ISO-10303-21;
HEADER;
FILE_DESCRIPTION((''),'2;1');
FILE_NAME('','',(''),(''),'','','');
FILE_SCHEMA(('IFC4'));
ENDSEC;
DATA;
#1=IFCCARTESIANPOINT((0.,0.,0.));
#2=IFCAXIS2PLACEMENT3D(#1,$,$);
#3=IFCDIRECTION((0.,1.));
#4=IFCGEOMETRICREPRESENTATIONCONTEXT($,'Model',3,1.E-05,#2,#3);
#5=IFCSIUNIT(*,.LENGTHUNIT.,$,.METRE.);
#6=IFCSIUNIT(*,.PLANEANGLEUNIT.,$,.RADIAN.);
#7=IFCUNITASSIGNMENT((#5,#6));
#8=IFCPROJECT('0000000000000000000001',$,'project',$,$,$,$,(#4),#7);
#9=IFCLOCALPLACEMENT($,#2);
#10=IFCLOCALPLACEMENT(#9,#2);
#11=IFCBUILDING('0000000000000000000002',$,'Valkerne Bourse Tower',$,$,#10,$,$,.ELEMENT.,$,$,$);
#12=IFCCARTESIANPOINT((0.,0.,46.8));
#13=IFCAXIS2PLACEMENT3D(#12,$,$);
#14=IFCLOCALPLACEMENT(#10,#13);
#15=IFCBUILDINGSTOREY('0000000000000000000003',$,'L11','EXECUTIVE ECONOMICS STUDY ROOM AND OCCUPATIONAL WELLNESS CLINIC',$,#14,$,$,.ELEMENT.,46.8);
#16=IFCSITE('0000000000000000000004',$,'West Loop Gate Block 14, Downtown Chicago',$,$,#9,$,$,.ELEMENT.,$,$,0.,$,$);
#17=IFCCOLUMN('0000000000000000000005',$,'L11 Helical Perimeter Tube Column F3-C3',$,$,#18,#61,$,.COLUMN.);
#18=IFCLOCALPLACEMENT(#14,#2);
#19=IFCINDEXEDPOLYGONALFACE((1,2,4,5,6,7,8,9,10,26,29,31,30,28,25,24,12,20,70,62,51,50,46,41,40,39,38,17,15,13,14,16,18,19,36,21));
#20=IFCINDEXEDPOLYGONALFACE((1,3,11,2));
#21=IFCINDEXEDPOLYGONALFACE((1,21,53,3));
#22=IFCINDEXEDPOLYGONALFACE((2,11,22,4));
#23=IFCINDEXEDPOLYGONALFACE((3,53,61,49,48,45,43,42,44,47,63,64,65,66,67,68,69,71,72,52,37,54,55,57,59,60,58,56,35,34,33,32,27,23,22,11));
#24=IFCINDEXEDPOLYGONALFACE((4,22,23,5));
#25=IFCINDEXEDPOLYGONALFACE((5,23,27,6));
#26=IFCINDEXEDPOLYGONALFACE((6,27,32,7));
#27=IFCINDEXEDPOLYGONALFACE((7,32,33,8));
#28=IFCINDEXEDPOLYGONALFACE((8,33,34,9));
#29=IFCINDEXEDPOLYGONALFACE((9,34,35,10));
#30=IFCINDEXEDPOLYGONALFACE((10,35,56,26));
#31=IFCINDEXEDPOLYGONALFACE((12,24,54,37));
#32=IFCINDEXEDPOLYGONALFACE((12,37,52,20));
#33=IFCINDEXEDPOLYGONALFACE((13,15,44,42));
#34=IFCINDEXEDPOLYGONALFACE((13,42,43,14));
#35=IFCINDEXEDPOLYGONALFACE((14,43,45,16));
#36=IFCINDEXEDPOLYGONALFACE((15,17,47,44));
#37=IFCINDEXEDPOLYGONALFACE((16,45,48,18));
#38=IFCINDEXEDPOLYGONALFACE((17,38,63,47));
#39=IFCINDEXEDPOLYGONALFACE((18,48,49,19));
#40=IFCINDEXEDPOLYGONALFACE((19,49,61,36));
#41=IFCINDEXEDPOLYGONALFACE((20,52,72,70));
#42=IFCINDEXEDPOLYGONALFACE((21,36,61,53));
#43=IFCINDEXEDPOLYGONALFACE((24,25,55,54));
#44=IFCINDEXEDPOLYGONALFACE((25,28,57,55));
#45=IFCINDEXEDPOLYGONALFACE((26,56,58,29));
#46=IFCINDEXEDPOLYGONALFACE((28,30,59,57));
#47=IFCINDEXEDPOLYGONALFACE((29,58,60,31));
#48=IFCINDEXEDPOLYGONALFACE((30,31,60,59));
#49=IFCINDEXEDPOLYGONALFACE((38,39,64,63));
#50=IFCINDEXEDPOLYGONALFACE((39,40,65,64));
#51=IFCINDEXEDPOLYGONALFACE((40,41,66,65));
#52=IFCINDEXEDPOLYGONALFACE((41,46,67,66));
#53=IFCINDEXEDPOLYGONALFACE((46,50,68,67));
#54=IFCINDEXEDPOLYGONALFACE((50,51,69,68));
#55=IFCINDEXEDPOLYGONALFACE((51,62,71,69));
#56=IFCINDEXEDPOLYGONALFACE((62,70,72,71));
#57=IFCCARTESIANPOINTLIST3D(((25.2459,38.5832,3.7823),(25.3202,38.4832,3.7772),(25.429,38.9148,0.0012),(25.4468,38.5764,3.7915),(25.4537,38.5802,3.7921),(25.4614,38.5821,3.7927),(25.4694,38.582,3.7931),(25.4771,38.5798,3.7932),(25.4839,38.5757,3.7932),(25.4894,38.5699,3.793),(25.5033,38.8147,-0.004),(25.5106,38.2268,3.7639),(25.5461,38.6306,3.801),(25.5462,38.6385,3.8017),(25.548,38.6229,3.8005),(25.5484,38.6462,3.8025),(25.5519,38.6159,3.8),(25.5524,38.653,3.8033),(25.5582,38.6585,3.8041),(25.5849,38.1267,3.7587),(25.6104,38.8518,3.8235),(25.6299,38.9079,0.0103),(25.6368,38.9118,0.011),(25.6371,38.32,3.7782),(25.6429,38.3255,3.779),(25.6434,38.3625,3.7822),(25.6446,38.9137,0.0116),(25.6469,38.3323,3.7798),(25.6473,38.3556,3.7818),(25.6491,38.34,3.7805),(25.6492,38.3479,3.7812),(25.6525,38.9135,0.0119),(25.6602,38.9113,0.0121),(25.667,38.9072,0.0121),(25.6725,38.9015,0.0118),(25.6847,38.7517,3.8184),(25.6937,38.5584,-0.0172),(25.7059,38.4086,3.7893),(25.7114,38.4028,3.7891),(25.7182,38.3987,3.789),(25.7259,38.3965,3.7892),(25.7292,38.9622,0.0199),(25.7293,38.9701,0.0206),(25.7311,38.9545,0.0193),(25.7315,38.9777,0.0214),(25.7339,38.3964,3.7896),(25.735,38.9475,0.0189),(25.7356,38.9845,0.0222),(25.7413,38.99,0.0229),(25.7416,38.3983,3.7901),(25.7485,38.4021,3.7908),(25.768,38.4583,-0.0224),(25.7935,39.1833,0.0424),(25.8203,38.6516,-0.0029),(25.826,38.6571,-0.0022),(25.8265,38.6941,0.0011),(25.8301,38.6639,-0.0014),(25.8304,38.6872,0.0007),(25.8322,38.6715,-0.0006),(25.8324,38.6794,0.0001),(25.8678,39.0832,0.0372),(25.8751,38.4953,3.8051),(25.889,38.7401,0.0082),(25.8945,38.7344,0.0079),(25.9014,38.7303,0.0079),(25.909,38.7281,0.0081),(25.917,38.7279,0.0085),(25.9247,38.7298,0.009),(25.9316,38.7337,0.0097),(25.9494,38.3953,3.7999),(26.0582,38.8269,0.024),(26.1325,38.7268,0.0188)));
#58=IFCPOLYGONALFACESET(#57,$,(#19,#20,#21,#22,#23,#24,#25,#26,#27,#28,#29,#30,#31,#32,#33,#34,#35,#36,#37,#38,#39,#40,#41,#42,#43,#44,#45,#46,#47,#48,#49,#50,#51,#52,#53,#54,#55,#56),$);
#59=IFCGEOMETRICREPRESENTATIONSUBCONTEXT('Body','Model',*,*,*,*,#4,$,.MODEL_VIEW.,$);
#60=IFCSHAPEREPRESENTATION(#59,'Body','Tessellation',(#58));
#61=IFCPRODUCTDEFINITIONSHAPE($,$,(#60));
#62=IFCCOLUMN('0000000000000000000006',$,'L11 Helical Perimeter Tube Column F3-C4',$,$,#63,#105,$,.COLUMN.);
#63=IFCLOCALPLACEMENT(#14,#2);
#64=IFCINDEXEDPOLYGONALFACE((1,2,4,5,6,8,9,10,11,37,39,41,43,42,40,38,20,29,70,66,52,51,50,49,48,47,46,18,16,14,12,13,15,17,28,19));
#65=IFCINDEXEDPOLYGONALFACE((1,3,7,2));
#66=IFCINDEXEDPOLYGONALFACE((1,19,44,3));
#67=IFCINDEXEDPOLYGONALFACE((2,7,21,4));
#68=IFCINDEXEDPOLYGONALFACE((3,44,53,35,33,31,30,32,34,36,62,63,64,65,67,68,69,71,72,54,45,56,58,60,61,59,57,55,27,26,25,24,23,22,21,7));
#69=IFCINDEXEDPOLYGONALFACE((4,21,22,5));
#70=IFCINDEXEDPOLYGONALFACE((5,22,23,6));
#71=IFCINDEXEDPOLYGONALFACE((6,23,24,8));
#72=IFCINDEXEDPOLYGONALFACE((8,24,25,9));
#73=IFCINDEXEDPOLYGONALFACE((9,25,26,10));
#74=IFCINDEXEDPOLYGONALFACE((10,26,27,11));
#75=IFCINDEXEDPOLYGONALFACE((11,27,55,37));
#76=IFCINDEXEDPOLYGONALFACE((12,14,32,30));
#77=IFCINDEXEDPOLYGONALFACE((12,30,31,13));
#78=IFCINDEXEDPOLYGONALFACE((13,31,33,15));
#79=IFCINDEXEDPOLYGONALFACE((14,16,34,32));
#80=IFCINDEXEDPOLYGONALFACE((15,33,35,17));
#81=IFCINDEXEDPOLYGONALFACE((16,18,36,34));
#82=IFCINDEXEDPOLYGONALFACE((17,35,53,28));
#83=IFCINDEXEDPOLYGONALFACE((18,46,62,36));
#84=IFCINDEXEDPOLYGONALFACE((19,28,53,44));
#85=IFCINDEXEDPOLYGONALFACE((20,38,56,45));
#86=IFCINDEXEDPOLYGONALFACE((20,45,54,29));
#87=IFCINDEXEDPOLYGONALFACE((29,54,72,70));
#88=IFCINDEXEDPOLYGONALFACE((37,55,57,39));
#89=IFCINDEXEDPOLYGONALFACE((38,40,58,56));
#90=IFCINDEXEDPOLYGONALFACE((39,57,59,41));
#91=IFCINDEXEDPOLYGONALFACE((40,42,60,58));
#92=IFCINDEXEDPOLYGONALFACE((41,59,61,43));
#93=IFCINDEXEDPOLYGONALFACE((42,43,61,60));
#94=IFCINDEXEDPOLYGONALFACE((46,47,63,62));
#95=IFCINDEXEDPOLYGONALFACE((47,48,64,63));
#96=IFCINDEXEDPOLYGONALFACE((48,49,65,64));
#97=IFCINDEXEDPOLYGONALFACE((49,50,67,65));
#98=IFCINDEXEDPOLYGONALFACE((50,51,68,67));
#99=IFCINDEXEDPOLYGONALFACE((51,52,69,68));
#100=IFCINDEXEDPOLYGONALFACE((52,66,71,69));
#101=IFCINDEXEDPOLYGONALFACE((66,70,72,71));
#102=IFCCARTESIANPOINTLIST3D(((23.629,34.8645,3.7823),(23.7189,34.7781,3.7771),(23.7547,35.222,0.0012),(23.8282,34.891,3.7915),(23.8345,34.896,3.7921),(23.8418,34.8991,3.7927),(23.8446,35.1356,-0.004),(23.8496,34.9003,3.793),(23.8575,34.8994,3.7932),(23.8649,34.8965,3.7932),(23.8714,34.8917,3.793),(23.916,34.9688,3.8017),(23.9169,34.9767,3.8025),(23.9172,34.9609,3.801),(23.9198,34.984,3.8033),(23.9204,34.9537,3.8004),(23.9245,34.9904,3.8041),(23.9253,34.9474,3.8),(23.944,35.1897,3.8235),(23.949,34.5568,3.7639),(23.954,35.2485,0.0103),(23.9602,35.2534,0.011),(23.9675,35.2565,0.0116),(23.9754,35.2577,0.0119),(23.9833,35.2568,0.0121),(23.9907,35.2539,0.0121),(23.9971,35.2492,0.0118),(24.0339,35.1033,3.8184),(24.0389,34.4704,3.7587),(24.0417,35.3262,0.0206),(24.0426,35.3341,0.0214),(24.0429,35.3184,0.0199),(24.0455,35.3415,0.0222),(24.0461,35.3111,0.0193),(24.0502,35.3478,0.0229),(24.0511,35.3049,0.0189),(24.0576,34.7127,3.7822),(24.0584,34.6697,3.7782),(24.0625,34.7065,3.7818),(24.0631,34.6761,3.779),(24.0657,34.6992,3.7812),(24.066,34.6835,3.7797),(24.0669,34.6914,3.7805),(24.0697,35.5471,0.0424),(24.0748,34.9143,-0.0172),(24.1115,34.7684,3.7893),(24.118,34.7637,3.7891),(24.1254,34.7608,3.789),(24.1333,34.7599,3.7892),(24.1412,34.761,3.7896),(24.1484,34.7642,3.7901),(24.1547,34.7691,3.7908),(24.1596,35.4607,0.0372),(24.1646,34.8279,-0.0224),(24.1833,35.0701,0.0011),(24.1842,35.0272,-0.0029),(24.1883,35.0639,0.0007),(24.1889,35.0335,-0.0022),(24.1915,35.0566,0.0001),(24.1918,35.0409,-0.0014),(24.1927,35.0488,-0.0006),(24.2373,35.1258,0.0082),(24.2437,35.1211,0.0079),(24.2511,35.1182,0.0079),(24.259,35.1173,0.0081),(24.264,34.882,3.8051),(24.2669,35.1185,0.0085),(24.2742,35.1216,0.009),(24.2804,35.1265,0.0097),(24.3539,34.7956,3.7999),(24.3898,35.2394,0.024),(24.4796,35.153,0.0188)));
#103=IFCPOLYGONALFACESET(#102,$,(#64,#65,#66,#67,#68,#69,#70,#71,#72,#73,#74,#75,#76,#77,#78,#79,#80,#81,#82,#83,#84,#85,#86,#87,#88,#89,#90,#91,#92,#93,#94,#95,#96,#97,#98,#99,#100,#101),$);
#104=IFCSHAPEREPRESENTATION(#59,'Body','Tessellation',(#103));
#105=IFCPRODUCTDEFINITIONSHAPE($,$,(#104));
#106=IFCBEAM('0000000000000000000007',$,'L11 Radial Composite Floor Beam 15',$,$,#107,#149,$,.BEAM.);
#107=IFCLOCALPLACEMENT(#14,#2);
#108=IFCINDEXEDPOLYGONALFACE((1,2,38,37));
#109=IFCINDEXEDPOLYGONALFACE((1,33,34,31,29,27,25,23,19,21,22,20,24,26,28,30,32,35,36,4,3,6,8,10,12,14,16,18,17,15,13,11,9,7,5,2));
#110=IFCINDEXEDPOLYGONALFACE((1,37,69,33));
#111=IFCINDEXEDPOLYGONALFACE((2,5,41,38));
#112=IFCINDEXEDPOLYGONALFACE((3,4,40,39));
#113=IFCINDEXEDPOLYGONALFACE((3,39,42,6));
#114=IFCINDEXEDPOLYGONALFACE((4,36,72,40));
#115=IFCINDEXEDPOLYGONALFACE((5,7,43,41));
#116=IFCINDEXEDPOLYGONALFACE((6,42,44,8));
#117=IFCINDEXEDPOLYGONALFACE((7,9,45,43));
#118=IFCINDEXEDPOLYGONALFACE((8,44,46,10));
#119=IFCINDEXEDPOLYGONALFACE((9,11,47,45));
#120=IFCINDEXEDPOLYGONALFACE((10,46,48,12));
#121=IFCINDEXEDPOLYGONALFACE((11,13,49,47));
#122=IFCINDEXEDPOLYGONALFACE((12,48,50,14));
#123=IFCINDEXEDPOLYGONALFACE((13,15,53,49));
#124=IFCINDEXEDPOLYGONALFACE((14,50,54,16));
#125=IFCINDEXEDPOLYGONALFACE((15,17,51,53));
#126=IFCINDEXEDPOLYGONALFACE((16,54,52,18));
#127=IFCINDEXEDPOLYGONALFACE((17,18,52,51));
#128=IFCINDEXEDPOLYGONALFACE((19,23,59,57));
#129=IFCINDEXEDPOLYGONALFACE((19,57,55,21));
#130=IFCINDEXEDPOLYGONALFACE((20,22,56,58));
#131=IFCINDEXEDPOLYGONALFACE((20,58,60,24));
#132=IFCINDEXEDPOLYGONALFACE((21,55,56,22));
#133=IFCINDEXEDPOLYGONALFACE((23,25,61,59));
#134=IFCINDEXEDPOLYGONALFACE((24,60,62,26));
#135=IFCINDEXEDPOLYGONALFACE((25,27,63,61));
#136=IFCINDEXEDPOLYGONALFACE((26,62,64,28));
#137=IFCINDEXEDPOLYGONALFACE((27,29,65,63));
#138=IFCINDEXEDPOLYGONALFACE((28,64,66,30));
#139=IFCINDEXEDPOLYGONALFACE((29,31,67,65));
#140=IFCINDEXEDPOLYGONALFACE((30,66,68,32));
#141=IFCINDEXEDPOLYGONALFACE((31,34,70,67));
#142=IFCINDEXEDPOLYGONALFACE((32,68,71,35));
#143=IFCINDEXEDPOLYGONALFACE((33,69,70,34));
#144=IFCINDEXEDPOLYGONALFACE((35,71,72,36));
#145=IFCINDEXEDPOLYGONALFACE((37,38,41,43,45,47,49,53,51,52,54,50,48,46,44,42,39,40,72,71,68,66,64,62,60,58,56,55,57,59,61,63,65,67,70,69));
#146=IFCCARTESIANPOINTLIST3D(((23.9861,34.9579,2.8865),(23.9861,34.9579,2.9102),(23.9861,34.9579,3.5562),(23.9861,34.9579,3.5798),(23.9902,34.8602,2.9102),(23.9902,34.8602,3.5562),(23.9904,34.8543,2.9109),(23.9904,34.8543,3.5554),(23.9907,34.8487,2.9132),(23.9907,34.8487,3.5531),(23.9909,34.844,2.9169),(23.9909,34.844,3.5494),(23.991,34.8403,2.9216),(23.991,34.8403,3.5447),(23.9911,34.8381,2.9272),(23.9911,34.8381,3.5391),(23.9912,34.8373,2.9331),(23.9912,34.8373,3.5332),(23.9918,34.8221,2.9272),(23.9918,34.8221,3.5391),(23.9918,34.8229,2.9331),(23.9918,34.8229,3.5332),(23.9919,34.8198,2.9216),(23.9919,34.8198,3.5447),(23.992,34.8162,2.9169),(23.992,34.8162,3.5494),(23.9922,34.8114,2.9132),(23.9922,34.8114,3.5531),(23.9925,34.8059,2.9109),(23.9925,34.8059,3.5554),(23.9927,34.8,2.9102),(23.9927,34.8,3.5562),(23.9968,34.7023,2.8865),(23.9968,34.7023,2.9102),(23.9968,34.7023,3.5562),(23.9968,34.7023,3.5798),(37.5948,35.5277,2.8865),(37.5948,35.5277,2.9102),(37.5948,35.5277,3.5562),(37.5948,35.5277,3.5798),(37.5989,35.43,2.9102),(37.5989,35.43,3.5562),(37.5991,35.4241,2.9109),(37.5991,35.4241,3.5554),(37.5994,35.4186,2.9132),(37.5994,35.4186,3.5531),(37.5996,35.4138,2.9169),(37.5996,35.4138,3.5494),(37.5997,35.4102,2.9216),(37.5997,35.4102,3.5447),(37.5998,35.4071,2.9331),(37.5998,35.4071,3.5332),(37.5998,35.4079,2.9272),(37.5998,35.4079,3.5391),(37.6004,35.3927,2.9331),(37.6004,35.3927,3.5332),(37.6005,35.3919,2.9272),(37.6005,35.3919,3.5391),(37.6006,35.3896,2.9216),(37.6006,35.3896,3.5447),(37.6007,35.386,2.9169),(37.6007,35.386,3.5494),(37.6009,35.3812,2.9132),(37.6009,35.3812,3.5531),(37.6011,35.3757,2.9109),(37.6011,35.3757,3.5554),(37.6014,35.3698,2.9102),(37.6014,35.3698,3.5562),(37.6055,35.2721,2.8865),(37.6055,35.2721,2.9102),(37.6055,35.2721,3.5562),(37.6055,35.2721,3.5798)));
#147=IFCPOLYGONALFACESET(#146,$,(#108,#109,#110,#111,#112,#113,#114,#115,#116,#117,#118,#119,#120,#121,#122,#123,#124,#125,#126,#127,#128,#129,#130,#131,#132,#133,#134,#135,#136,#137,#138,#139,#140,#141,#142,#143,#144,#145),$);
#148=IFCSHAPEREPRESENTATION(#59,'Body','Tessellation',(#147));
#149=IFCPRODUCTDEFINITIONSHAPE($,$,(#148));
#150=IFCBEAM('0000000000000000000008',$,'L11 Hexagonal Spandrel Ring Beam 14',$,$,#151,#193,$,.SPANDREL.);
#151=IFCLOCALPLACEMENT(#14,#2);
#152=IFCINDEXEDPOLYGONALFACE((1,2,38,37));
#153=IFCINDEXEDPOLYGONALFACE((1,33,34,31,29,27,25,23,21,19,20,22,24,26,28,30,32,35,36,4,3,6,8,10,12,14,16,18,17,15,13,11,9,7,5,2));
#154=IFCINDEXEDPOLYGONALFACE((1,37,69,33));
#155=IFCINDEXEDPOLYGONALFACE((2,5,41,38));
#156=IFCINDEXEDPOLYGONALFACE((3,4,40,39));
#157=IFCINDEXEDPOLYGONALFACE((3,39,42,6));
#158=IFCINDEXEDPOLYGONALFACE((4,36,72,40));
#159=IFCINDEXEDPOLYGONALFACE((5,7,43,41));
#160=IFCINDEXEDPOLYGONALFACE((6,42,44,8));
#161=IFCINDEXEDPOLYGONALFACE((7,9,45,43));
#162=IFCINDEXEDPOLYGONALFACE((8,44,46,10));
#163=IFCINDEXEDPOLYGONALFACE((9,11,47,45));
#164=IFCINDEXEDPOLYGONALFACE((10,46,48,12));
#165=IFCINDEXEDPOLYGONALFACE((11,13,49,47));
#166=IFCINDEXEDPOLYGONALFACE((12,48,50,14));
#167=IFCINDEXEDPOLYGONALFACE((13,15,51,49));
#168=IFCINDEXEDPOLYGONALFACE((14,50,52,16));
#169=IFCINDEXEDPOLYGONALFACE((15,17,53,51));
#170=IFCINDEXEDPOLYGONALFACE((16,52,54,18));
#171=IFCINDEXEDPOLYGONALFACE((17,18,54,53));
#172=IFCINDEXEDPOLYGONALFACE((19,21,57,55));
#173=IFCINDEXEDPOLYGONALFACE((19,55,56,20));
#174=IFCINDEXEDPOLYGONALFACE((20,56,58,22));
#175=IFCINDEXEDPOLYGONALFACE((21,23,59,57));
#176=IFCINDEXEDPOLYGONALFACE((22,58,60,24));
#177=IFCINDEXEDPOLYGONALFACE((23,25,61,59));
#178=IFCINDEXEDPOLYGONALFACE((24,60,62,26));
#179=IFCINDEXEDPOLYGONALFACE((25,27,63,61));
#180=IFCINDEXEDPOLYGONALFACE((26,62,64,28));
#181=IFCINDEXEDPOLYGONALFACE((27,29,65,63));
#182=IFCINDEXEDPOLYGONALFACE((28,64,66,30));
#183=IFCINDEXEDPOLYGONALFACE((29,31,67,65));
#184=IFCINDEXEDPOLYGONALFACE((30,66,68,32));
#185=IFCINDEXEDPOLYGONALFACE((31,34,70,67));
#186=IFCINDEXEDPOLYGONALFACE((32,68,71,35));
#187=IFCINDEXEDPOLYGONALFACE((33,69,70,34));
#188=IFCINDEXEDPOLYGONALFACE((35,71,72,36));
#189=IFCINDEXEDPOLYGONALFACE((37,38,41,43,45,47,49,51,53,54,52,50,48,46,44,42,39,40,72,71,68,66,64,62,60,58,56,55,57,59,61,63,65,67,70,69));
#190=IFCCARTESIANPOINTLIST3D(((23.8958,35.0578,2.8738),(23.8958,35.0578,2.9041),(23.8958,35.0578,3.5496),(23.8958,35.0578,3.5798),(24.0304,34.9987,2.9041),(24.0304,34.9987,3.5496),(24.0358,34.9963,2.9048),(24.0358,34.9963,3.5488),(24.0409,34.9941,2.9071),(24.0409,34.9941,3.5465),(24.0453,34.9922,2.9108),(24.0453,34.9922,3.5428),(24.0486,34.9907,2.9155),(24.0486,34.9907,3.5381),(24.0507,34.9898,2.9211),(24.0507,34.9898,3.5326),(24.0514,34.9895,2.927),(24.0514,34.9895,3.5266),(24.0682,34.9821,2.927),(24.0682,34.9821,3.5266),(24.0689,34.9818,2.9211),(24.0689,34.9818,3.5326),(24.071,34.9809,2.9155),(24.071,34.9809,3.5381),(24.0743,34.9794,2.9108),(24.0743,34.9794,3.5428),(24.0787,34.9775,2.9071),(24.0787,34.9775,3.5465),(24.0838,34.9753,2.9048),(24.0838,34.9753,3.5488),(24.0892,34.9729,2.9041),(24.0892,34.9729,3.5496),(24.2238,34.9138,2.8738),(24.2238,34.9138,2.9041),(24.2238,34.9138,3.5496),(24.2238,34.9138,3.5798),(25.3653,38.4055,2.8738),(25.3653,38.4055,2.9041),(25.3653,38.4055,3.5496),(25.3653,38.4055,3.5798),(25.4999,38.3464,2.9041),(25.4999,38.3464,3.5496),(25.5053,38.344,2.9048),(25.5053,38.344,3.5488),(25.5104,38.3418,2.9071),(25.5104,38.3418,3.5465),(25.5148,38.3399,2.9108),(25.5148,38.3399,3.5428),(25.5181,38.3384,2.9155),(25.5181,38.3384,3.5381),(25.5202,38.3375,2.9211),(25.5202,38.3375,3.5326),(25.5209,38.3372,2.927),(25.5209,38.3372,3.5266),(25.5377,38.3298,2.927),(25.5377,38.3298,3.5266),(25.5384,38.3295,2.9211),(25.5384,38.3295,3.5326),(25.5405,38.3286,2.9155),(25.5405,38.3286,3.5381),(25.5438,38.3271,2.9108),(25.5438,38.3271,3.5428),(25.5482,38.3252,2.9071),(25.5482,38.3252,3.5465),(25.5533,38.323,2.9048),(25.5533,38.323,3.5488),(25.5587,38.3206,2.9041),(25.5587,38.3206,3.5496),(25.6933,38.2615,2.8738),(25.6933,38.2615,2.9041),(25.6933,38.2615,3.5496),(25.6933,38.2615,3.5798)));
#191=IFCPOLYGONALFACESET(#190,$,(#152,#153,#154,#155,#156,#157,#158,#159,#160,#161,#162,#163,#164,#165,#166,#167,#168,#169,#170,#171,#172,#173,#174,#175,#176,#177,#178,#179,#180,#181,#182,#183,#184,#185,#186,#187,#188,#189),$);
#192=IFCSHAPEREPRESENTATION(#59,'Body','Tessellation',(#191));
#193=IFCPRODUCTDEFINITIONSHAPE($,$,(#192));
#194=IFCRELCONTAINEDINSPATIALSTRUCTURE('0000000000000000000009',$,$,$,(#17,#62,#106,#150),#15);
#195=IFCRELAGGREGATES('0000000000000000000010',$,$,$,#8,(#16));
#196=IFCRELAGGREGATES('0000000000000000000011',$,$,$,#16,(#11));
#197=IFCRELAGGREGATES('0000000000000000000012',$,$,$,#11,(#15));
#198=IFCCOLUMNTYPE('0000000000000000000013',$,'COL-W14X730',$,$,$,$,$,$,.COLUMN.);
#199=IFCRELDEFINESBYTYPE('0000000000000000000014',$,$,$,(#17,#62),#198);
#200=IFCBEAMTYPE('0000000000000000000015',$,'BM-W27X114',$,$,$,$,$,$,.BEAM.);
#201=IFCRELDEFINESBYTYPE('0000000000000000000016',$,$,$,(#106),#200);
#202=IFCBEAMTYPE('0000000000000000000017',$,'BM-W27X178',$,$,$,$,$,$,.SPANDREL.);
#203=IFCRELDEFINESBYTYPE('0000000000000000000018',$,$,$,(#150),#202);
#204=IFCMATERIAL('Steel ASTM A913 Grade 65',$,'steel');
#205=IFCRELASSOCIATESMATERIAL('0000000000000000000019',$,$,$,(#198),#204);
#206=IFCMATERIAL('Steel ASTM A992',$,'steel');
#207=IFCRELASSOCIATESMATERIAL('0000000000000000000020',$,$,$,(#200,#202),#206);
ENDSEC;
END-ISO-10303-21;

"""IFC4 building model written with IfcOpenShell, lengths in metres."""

from ifc_helpers import new_model, si_unit, direction, frame, origin, origin_2d, place, context, subcontext, project, spatial, i_section, extrude, material, material_profile, profile_set, type_object, element, save


model = new_model("IFC4")

# Units and contexts
model_context = context("Model", 3, precision=1e-05, world=origin(), true_north=direction((0.0, 1.0)))
body_context = subcontext(model_context, "Body", "Model", "MODEL_VIEW")
ifc_project = project(units=[si_unit("LENGTHUNIT", "METRE"), si_unit("PLANEANGLEUNIT", "RADIAN")], contexts=[model_context])

# Site, building, storey
site_placement = place(None, origin())
site = spatial("IfcSite", under=ifc_project, at=site_placement, Name="West Loop Gate Block 14, Downtown Chicago", CompositionType="ELEMENT", RefElevation=0.0)
building_placement = place(site_placement, origin())
building = spatial("IfcBuilding", under=site, at=building_placement, Name="Valkerne Bourse Tower", CompositionType="ELEMENT")
storey_placement = place(building_placement, frame((0.0, 0.0, 46.8)))
storey = spatial("IfcBuildingStorey", under=building, at=storey_placement, Name="L11", Description="EXECUTIVE ECONOMICS STUDY ROOM AND OCCUPATIONAL WELLNESS CLINIC", CompositionType="ELEMENT", Elevation=46.8)

# Columns
ifc_material_1 = material(Name="Steel ASTM A913 Grade 65", Category="steel")
ifc_material_profile_1 = material_profile(ifc_material_1, i_section(OverallWidth=0.4546, OverallDepth=0.5691, WebThickness=0.0779, FlangeThickness=0.1248, FilletRadius=0.0305, at=origin_2d()), Name="W14X730")
ifc_profile_set_1 = profile_set([ifc_material_profile_1], Name="Steel ASTM A913 Grade 65")
column_type = type_object("IfcColumnType", Name="COL-W14X730", PredefinedType="COLUMN", material=ifc_profile_set_1)
for number, where, z_axis, x_axis, name in (
    (1, (25.7808, 38.8208, 0.01), (-0.048187, -0.08725, 0.99502), (-0.801783, -0.590703, -0.090625), "L11 Helical Perimeter Tube Column F3-C3"),
    (2, (24.1172, 35.1875, 0.01), (-0.033088, -0.09406, 0.995017), (-0.692912, -0.7153, -0.09066), "L11 Helical Perimeter Tube Column F3-C4"),
):
    element("IfcColumn", number, at=place(storey_placement, frame(where, z_axis=z_axis, x_axis=x_axis)), inside=storey, type_object=column_type, Name=name, PredefinedType="COLUMN", context=body_context, shape_type="SweptSolid", body=[
        extrude(i_section(OverallWidth=0.4546, OverallDepth=0.5691, WebThickness=0.0779, FlangeThickness=0.1248, FilletRadius=0.0305, at=origin_2d()), origin(), (0.0, 0.0, 1.0), 3.8),
    ])

# Beams
ifc_material_2 = material(Name="Steel ASTM A992", Category="steel")
ifc_material_profile_2 = material_profile(ifc_material_2, i_section(OverallWidth=0.2559, OverallDepth=0.6934, WebThickness=0.0144, FlangeThickness=0.0237, FilletRadius=0.0229, at=origin_2d()), Name="W27X114")
ifc_profile_set_2 = profile_set([ifc_material_profile_2], Name="Steel ASTM A992")
beam_type_1 = type_object("IfcBeamType", Name="BM-W27X114", PredefinedType="BEAM", material=ifc_profile_set_2)
beam_1_placement = place(storey_placement, frame((23.9915, 34.8301, 3.2332), z_axis=(0.999125, 0.041836, 0.0), x_axis=(-0.041836, 0.999125, 0.0)))
element("IfcBeam", 3, at=beam_1_placement, inside=storey, type_object=beam_type_1, Name="L11 Radial Composite Floor Beam 15", PredefinedType="BEAM", context=body_context, shape_type="SweptSolid", body=[
    extrude(i_section(OverallWidth=0.2559, OverallDepth=0.6934, WebThickness=0.0144, FlangeThickness=0.0237, FilletRadius=0.0229, at=origin_2d()), origin(), (0.0, 0.0, 1.0), 13.6206),
])
ifc_material_profile_3 = material_profile(ifc_material_2, i_section(OverallWidth=0.3582, OverallDepth=0.7061, WebThickness=0.0183, FlangeThickness=0.0303, FilletRadius=0.0229, at=origin_2d()), Name="W27X178")
ifc_profile_set_3 = profile_set([ifc_material_profile_3], Name="Steel ASTM A992")
beam_type_2 = type_object("IfcBeamType", Name="BM-W27X178", PredefinedType="SPANDREL", material=ifc_profile_set_3)
for number, where, z_axis, x_axis, name in (
    (4, (25.5293, 38.3335, 3.2268), (-0.40194, -0.915666, 0.0), (0.915666, -0.40194, 0.0), "L11 Hexagonal Spandrel Ring Beam 14"),
):
    element("IfcBeam", number, at=place(storey_placement, frame(where, z_axis=z_axis, x_axis=x_axis)), inside=storey, type_object=beam_type_2, Name=name, PredefinedType="SPANDREL", context=body_context, shape_type="SweptSolid", body=[
        extrude(i_section(OverallWidth=0.3582, OverallDepth=0.7061, WebThickness=0.0183, FlangeThickness=0.0303, FilletRadius=0.0229, at=origin_2d()), origin(), (0.0, 0.0, 1.0), 3.656),
    ])

save(model, "model.ifc")
